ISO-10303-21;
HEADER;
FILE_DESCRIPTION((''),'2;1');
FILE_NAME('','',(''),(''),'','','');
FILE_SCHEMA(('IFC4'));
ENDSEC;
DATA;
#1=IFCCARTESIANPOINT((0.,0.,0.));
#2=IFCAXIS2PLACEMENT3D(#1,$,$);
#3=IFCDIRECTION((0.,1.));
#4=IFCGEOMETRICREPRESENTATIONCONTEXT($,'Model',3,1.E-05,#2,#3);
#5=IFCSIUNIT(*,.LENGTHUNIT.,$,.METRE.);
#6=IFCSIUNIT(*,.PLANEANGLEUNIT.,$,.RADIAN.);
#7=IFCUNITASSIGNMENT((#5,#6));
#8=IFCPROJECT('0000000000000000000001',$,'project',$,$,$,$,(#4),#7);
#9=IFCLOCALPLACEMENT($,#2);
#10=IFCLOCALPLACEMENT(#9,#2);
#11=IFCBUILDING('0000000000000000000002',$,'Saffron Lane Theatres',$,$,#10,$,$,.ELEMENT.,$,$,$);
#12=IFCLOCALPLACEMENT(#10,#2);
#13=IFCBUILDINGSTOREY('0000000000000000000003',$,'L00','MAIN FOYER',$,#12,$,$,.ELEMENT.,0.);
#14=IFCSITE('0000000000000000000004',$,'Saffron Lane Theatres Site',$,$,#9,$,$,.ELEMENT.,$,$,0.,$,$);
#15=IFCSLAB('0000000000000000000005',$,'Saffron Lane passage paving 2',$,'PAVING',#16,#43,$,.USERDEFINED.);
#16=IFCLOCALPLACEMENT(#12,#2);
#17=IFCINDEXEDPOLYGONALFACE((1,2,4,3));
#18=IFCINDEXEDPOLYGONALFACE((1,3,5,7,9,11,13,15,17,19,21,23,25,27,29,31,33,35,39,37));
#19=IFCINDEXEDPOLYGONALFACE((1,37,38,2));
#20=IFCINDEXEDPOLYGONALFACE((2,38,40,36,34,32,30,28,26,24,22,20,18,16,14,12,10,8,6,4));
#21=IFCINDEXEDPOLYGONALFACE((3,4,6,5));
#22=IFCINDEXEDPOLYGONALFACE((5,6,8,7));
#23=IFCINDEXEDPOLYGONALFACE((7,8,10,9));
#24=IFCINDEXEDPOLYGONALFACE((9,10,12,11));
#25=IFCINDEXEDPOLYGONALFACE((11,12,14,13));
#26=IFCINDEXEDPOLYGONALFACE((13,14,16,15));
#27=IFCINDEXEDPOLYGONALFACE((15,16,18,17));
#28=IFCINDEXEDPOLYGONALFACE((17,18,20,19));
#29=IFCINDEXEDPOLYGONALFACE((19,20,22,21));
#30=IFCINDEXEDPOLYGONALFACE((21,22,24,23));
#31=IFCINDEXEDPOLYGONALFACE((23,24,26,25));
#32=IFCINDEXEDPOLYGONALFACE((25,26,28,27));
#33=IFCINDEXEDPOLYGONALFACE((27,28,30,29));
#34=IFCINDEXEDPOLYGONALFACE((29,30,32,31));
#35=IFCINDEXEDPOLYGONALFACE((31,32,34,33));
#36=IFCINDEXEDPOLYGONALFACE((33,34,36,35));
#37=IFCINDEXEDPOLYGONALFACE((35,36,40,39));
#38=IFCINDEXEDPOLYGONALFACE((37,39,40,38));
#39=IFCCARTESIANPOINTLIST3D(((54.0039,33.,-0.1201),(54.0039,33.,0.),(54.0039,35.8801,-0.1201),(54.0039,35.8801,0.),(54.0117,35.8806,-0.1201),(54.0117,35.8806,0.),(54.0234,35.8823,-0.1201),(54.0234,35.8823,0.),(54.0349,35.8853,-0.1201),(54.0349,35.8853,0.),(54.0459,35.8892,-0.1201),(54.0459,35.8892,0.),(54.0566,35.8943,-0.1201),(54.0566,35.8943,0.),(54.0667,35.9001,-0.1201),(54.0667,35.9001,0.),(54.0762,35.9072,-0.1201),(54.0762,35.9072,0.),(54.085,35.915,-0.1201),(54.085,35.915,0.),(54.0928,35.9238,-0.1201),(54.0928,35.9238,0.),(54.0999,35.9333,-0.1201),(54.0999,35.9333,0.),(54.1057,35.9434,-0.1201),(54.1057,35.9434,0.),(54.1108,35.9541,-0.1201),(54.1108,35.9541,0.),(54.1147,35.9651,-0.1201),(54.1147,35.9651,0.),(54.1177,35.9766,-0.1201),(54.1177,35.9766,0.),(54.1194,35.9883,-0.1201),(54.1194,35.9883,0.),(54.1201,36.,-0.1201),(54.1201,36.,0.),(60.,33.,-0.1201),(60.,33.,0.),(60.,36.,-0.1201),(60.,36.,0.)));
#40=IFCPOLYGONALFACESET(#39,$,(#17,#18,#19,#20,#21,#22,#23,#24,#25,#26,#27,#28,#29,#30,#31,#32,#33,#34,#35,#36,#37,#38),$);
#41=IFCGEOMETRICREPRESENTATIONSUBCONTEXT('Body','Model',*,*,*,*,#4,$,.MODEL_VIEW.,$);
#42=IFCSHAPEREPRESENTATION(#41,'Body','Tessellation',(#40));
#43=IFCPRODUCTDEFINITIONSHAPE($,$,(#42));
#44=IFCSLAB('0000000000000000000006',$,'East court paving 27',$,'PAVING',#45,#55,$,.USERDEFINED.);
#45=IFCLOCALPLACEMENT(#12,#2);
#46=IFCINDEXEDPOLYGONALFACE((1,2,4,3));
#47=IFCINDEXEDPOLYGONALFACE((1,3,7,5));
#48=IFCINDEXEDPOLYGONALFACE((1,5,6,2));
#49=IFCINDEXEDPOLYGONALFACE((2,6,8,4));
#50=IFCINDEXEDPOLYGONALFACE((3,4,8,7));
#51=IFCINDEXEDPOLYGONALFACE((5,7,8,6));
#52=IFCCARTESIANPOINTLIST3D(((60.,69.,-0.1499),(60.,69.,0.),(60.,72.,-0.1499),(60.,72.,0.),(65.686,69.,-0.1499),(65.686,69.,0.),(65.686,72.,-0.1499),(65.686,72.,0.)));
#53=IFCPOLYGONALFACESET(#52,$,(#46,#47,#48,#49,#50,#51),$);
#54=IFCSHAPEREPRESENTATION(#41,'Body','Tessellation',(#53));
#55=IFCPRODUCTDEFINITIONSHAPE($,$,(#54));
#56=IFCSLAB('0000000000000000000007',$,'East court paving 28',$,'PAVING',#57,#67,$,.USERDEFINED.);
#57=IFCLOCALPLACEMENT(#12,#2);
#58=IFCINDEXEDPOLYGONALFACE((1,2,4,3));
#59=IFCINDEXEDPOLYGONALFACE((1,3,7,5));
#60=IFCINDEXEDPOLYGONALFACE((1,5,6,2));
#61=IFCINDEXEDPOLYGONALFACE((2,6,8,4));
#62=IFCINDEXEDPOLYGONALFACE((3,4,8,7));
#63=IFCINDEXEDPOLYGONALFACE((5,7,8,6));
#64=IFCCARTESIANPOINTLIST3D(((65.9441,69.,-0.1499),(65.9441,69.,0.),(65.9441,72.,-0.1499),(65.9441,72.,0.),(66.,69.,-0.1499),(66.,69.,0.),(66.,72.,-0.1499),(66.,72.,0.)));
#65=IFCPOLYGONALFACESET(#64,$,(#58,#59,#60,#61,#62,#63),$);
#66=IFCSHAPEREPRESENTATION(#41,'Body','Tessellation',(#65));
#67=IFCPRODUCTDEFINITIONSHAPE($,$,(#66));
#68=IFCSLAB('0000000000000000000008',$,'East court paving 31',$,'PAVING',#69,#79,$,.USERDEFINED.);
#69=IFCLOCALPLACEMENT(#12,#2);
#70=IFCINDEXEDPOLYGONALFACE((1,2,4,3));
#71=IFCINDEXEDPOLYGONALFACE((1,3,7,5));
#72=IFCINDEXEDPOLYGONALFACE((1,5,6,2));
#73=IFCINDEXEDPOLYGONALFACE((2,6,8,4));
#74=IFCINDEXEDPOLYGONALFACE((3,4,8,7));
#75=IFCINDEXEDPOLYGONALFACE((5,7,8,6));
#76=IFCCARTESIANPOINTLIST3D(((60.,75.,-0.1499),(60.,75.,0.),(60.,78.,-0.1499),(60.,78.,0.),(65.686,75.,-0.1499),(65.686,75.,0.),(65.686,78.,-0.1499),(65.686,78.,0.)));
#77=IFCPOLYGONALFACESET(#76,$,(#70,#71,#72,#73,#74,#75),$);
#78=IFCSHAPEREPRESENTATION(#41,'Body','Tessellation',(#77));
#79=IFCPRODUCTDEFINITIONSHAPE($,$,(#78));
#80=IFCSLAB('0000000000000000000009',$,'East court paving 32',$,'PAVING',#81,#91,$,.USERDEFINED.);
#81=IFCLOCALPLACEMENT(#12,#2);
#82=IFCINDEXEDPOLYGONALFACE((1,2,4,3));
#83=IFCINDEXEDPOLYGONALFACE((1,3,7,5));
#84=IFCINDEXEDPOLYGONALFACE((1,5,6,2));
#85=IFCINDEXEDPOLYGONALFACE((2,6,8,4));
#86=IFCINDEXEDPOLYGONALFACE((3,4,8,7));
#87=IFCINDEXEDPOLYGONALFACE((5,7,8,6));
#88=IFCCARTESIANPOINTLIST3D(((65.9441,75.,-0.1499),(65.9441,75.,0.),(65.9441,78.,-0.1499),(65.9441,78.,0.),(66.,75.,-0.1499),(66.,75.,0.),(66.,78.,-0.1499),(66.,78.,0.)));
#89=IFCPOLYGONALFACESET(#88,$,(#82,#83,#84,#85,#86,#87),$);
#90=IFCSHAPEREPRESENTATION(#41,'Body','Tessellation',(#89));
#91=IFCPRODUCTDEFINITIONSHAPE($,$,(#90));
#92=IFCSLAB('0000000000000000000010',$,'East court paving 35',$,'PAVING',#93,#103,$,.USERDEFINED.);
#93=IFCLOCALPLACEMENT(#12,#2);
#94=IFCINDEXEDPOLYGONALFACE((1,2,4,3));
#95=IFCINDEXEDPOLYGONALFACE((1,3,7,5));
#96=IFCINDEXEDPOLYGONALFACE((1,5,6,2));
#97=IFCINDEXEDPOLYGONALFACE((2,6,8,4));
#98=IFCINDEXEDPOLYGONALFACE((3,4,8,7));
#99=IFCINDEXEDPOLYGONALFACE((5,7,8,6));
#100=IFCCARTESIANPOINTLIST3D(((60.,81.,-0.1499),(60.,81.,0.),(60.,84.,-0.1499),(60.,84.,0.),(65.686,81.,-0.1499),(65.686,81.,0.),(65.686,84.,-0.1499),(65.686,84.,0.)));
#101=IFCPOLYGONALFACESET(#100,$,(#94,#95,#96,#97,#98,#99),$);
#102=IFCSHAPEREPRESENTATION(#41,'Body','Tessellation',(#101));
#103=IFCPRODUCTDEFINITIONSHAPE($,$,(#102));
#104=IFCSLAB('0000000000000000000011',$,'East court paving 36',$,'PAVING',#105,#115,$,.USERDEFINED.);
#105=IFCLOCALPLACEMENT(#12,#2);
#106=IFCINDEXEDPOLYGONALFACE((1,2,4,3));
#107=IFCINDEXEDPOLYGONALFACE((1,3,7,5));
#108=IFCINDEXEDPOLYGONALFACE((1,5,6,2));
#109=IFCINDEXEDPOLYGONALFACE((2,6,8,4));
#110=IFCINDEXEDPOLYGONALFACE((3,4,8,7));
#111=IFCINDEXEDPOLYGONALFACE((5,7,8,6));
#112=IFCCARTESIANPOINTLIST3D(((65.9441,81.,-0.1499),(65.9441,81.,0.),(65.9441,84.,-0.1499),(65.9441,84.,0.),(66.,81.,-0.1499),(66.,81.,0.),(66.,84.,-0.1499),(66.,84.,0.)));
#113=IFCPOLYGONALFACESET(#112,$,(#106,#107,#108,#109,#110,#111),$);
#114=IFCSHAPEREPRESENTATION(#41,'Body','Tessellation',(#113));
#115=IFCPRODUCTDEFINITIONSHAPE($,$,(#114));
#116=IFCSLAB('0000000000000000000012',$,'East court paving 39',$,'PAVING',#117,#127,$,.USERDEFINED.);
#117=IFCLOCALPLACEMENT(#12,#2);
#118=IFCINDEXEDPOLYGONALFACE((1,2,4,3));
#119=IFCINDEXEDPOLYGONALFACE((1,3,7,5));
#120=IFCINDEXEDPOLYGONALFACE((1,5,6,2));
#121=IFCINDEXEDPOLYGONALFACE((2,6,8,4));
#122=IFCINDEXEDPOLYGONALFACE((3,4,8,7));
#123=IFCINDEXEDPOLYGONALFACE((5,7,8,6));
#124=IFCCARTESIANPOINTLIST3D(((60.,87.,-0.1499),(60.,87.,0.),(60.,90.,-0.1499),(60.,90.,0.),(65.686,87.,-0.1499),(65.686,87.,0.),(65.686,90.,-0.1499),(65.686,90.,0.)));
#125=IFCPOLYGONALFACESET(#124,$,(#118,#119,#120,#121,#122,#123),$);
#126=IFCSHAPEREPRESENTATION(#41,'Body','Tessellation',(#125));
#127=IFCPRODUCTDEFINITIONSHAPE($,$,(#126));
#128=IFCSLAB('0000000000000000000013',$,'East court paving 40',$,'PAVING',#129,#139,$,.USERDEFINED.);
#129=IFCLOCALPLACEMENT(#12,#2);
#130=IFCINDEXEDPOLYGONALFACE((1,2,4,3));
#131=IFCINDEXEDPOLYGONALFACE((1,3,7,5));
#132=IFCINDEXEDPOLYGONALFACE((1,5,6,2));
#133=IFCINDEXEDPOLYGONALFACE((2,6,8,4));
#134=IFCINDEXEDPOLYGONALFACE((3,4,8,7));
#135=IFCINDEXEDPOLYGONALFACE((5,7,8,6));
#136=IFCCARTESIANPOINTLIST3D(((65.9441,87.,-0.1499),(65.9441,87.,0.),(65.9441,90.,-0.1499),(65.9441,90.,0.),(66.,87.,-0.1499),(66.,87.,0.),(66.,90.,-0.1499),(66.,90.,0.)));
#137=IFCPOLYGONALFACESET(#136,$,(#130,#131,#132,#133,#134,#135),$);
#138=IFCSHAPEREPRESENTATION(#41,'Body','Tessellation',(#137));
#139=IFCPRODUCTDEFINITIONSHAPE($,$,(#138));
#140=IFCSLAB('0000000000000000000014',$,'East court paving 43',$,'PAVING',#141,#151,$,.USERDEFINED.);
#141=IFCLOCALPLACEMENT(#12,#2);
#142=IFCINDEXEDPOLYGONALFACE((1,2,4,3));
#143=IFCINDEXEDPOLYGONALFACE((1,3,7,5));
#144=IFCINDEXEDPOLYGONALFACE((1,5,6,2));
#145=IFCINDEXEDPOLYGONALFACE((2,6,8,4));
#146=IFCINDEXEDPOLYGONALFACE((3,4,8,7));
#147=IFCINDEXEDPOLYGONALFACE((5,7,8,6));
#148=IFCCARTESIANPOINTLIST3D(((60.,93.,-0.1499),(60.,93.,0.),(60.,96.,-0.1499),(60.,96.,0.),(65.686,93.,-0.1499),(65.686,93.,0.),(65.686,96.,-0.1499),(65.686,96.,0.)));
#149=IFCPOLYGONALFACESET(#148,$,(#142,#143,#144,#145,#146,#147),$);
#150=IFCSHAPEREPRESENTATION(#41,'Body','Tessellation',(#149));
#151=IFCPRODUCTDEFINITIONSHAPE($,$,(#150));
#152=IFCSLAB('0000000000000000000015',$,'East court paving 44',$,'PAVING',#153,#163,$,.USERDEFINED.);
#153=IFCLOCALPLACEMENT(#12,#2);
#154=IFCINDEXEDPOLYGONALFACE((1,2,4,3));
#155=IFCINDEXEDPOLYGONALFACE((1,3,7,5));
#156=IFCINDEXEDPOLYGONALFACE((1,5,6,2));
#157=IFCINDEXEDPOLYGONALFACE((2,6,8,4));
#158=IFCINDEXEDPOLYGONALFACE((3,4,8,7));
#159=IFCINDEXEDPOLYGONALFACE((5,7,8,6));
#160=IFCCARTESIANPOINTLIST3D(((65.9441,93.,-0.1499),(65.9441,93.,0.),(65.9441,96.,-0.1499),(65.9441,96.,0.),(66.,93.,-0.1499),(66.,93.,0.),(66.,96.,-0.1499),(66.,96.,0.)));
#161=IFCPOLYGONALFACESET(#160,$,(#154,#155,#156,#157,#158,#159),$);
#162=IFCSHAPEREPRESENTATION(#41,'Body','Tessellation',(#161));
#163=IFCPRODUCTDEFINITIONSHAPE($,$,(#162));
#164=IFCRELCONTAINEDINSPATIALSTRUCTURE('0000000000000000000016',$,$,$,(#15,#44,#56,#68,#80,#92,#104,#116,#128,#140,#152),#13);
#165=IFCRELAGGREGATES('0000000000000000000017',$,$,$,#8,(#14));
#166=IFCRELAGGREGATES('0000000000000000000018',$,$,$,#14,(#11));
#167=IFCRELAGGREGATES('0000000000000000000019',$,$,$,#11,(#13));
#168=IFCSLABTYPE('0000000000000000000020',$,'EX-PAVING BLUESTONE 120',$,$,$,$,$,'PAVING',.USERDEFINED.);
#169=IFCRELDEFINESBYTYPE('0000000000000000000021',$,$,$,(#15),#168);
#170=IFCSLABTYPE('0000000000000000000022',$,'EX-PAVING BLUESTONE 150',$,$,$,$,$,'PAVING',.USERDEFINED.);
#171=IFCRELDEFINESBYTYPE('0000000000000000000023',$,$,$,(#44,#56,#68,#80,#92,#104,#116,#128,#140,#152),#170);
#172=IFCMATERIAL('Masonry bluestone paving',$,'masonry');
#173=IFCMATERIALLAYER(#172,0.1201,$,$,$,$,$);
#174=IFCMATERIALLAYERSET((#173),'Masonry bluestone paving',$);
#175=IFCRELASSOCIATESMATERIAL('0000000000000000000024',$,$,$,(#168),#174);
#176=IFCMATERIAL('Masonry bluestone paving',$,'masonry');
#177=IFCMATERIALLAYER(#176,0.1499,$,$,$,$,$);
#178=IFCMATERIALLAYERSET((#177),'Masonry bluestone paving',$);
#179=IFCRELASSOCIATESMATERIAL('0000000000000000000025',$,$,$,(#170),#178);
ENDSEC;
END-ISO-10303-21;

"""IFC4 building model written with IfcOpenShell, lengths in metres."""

from ifc_helpers import new_model, si_unit, direction, frame, origin, place, context, subcontext, project, spatial, polyline, outline, extrude, material, layer, layer_set, type_object, element, save


model = new_model("IFC4")

# Units and contexts
model_context = context("Model", 3, precision=1e-05, world=origin(), true_north=direction((0.0, 1.0)))
body_context = subcontext(model_context, "Body", "Model", "MODEL_VIEW")
ifc_project = project(units=[si_unit("LENGTHUNIT", "METRE"), si_unit("PLANEANGLEUNIT", "RADIAN")], contexts=[model_context])

# Site, building, storey
site_placement = place(None, origin())
site = spatial("IfcSite", under=ifc_project, at=site_placement, Name="Saffron Lane Theatres Site", CompositionType="ELEMENT", RefElevation=0.0)
building_placement = place(site_placement, origin())
building = spatial("IfcBuilding", under=site, at=building_placement, Name="Saffron Lane Theatres", CompositionType="ELEMENT")
storey_placement = place(building_placement, origin())
storey = spatial("IfcBuildingStorey", under=building, at=storey_placement, Name="L00", Description="MAIN FOYER", CompositionType="ELEMENT", Elevation=0.0)

# Slabs
ifc_material_1 = material(Name="Masonry bluestone paving", Category="masonry")
ifc_layer_1 = layer(ifc_material_1, 0.1201)
ifc_layer_set_1 = layer_set([ifc_layer_1], Name="Masonry bluestone paving")
slab_type_1 = type_object("IfcSlabType", Name="EX-PAVING BLUESTONE 120", ElementType="PAVING", PredefinedType="USERDEFINED", material=ifc_layer_set_1)
slab_1_placement = place(storey_placement, frame((0.0, 0.0, -0.1201)))
element("IfcSlab", 1, at=slab_1_placement, inside=storey, type_object=slab_type_1, Name="Saffron Lane passage paving 2", ObjectType="PAVING", PredefinedType="USERDEFINED", context=body_context, shape_type="SweptSolid", body=[
    extrude(outline(polyline([(60.0, 33.0), (60.0, 36.0), (54.1201, 36.0), (54.1194, 35.9883), (54.1177, 35.9766), (54.1147, 35.9651), (54.1108, 35.9541), (54.1057, 35.9434), (54.0999, 35.9333), (54.0928, 35.9238), (54.085, 35.915), (54.0762, 35.9072), (54.0667, 35.9001), (54.0566, 35.8943), (54.0459, 35.8892), (54.0349, 35.8853), (54.0234, 35.8823), (54.0117, 35.8806), (54.0039, 35.8801), (54.0039, 33.0), (60.0, 33.0)])), origin(), (0.0, 0.0, 1.0), 0.1201),
])
ifc_material_2 = material(Name="Masonry bluestone paving", Category="masonry")
ifc_layer_2 = layer(ifc_material_2, 0.1499)
ifc_layer_set_2 = layer_set([ifc_layer_2], Name="Masonry bluestone paving")
slab_type_2 = type_object("IfcSlabType", Name="EX-PAVING BLUESTONE 150", ElementType="PAVING", PredefinedType="USERDEFINED", material=ifc_layer_set_2)
slab_2_placement = place(storey_placement, frame((0.0, 0.0, -0.1499)))
element("IfcSlab", 2, at=slab_2_placement, inside=storey, type_object=slab_type_2, Name="East court paving 27", ObjectType="PAVING", PredefinedType="USERDEFINED", context=body_context, shape_type="SweptSolid", body=[
    extrude(outline(polyline([(60.0, 72.0), (60.0, 69.0), (65.686, 69.0), (65.686, 72.0), (60.0, 72.0)])), origin(), (0.0, 0.0, 1.0), 0.1499),
])
slab_3_placement = place(storey_placement, frame((0.0, 0.0, -0.1499)))
element("IfcSlab", 3, at=slab_3_placement, inside=storey, type_object=slab_type_2, Name="East court paving 28", ObjectType="PAVING", PredefinedType="USERDEFINED", context=body_context, shape_type="SweptSolid", body=[
    extrude(outline(polyline([(66.0, 69.0), (66.0, 72.0), (65.9441, 72.0), (65.9441, 69.0), (66.0, 69.0)])), origin(), (0.0, 0.0, 1.0), 0.1499),
])
slab_4_placement = place(storey_placement, frame((0.0, 0.0, -0.1499)))
element("IfcSlab", 4, at=slab_4_placement, inside=storey, type_object=slab_type_2, Name="East court paving 31", ObjectType="PAVING", PredefinedType="USERDEFINED", context=body_context, shape_type="SweptSolid", body=[
    extrude(outline(polyline([(60.0, 78.0), (60.0, 75.0), (65.686, 75.0), (65.686, 78.0), (60.0, 78.0)])), origin(), (0.0, 0.0, 1.0), 0.1499),
])
slab_5_placement = place(storey_placement, frame((0.0, 0.0, -0.1499)))
element("IfcSlab", 5, at=slab_5_placement, inside=storey, type_object=slab_type_2, Name="East court paving 32", ObjectType="PAVING", PredefinedType="USERDEFINED", context=body_context, shape_type="SweptSolid", body=[
    extrude(outline(polyline([(66.0, 75.0), (66.0, 78.0), (65.9441, 78.0), (65.9441, 75.0), (66.0, 75.0)])), origin(), (0.0, 0.0, 1.0), 0.1499),
])
slab_6_placement = place(storey_placement, frame((0.0, 0.0, -0.1499)))
element("IfcSlab", 6, at=slab_6_placement, inside=storey, type_object=slab_type_2, Name="East court paving 35", ObjectType="PAVING", PredefinedType="USERDEFINED", context=body_context, shape_type="SweptSolid", body=[
    extrude(outline(polyline([(60.0, 84.0), (60.0, 81.0), (65.686, 81.0), (65.686, 84.0), (60.0, 84.0)])), origin(), (0.0, 0.0, 1.0), 0.1499),
])
slab_7_placement = place(storey_placement, frame((0.0, 0.0, -0.1499)))
element("IfcSlab", 7, at=slab_7_placement, inside=storey, type_object=slab_type_2, Name="East court paving 36", ObjectType="PAVING", PredefinedType="USERDEFINED", context=body_context, shape_type="SweptSolid", body=[
    extrude(outline(polyline([(66.0, 81.0), (66.0, 84.0), (65.9441, 84.0), (65.9441, 81.0), (66.0, 81.0)])), origin(), (0.0, 0.0, 1.0), 0.1499),
])
slab_8_placement = place(storey_placement, frame((0.0, 0.0, -0.1499)))
element("IfcSlab", 8, at=slab_8_placement, inside=storey, type_object=slab_type_2, Name="East court paving 39", ObjectType="PAVING", PredefinedType="USERDEFINED", context=body_context, shape_type="SweptSolid", body=[
    extrude(outline(polyline([(60.0, 90.0), (60.0, 87.0), (65.686, 87.0), (65.686, 90.0), (60.0, 90.0)])), origin(), (0.0, 0.0, 1.0), 0.1499),
])
slab_9_placement = place(storey_placement, frame((0.0, 0.0, -0.1499)))
element("IfcSlab", 9, at=slab_9_placement, inside=storey, type_object=slab_type_2, Name="East court paving 40", ObjectType="PAVING", PredefinedType="USERDEFINED", context=body_context, shape_type="SweptSolid", body=[
    extrude(outline(polyline([(66.0, 87.0), (66.0, 90.0), (65.9441, 90.0), (65.9441, 87.0), (66.0, 87.0)])), origin(), (0.0, 0.0, 1.0), 0.1499),
])
slab_10_placement = place(storey_placement, frame((0.0, 0.0, -0.1499)))
element("IfcSlab", 10, at=slab_10_placement, inside=storey, type_object=slab_type_2, Name="East court paving 43", ObjectType="PAVING", PredefinedType="USERDEFINED", context=body_context, shape_type="SweptSolid", body=[
    extrude(outline(polyline([(60.0, 96.0), (60.0, 93.0), (65.686, 93.0), (65.686, 96.0), (60.0, 96.0)])), origin(), (0.0, 0.0, 1.0), 0.1499),
])
slab_11_placement = place(storey_placement, frame((0.0, 0.0, -0.1499)))
element("IfcSlab", 11, at=slab_11_placement, inside=storey, type_object=slab_type_2, Name="East court paving 44", ObjectType="PAVING", PredefinedType="USERDEFINED", context=body_context, shape_type="SweptSolid", body=[
    extrude(outline(polyline([(66.0, 93.0), (66.0, 96.0), (65.9441, 96.0), (65.9441, 93.0), (66.0, 93.0)])), origin(), (0.0, 0.0, 1.0), 0.1499),
])

save(model, "model.ifc")
